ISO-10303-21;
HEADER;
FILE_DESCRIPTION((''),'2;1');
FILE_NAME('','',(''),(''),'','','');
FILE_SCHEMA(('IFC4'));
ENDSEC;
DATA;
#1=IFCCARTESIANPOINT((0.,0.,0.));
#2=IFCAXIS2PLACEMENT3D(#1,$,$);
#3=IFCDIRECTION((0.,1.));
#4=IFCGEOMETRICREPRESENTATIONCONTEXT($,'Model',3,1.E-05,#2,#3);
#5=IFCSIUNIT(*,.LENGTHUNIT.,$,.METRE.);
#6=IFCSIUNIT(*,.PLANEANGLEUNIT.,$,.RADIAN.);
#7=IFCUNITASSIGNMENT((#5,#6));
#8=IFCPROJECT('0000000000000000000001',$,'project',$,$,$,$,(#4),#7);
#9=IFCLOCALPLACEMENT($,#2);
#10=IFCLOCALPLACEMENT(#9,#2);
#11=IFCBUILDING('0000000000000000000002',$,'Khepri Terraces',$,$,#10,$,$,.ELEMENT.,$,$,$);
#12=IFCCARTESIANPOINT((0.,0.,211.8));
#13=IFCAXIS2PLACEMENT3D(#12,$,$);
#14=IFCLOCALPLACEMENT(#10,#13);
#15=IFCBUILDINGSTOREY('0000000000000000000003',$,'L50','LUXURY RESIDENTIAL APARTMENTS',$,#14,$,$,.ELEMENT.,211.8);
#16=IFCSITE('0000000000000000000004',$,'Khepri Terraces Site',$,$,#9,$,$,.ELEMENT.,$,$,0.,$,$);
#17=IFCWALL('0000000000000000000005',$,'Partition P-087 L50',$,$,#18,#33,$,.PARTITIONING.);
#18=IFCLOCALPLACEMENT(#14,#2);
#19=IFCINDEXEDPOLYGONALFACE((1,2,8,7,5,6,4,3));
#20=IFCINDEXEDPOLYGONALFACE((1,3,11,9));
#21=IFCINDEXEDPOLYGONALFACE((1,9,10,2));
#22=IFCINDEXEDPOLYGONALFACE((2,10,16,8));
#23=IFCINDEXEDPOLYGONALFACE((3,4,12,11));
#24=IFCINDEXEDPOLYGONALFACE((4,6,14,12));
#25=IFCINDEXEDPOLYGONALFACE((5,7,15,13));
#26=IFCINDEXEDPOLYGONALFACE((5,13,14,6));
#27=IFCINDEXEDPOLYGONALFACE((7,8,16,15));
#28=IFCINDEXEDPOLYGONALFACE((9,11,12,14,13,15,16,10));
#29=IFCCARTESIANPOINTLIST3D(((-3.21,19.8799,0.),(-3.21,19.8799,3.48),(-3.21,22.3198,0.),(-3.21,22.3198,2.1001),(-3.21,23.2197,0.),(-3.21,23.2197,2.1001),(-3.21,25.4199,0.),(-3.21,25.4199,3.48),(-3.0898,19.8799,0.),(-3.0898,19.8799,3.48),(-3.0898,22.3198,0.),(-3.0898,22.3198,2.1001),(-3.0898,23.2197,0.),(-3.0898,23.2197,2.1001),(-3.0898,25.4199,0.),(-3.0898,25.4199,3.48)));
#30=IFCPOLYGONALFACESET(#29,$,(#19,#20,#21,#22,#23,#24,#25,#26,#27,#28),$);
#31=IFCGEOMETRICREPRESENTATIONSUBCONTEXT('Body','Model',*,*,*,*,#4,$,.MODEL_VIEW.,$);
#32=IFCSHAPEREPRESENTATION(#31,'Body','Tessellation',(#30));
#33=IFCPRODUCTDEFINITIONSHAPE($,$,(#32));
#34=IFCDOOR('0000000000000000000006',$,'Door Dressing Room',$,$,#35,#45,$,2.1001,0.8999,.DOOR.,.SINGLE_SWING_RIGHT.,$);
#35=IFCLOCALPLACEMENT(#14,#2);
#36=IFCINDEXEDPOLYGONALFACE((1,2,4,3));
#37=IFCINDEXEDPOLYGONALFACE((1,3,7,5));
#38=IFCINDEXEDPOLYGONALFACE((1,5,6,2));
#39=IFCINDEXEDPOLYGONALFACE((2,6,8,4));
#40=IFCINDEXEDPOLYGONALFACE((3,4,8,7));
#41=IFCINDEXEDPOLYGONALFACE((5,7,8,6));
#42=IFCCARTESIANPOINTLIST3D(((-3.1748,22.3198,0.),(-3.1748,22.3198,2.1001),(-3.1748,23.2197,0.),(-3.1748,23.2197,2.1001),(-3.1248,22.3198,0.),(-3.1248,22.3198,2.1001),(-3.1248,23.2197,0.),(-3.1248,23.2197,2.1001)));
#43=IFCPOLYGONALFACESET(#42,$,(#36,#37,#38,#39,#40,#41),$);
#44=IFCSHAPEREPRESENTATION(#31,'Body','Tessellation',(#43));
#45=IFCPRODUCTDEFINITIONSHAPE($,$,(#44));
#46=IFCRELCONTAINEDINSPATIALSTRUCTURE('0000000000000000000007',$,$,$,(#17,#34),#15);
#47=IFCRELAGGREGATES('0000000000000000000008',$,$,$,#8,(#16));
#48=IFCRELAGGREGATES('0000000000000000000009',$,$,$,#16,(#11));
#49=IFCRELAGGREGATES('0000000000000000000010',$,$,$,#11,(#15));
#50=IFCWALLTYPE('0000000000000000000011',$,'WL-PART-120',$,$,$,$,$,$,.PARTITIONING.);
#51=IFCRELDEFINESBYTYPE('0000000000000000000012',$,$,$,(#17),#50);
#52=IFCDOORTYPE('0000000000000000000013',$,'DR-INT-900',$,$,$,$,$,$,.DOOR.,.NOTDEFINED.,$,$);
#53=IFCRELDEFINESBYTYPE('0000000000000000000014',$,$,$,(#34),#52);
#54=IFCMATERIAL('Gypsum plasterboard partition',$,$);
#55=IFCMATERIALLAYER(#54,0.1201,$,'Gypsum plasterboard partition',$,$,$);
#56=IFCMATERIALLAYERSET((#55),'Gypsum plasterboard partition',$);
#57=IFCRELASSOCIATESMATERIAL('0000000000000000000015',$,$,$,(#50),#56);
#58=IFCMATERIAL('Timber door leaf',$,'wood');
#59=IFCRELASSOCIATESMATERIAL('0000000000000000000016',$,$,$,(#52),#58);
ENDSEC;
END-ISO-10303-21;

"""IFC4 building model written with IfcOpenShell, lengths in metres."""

from ifc_helpers import new_model, si_unit, direction, frame, frame_2d, origin, place, context, subcontext, project, spatial, rectangle, extrude, material, layer, layer_set, type_object, element, fill, save


model = new_model("IFC4")

# Units and contexts
model_context = context("Model", 3, precision=1e-05, world=origin(), true_north=direction((0.0, 1.0)))
body_context = subcontext(model_context, "Body", "Model", "MODEL_VIEW")
ifc_project = project(units=[si_unit("LENGTHUNIT", "METRE"), si_unit("PLANEANGLEUNIT", "RADIAN")], contexts=[model_context])

# Site, building, storey
site_placement = place(None, origin())
site = spatial("IfcSite", under=ifc_project, at=site_placement, Name="Khepri Terraces Site", CompositionType="ELEMENT", RefElevation=0.0)
building_placement = place(site_placement, origin())
building = spatial("IfcBuilding", under=site, at=building_placement, Name="Khepri Terraces", CompositionType="ELEMENT")
storey_placement = place(building_placement, frame((0.0, 0.0, 211.8)))
storey = spatial("IfcBuildingStorey", under=building, at=storey_placement, Name="L50", Description="LUXURY RESIDENTIAL APARTMENTS", CompositionType="ELEMENT", Elevation=211.8)

# Shared definitions
ifc_material_1 = material(Name="Gypsum plasterboard partition")
ifc_layer_1 = layer(ifc_material_1, 0.1201, Name="Gypsum plasterboard partition")
ifc_layer_set_1 = layer_set([ifc_layer_1], Name="Gypsum plasterboard partition")
wall_type_1 = type_object("IfcWallType", Name="WL-PART-120", PredefinedType="PARTITIONING", material=ifc_layer_set_1)
ifc_material_2 = material(Name="Timber door leaf", Category="wood")
door_type_1 = type_object("IfcDoorType", Name="DR-INT-900", OperationType="NOTDEFINED", PredefinedType="DOOR", material=ifc_material_2)

# Wall, opening, door
wall_1_placement = place(storey_placement, frame((-3.1499, 19.8799, 0.0), z_axis=(0.0, 0.0, 1.0), x_axis=(0.0, 1.0, 0.0)))
wall_1 = element("IfcWall", 1, at=wall_1_placement, inside=storey, type_object=wall_type_1, Name="Partition P-087 L50", PredefinedType="PARTITIONING", context=body_context, shape_type="SweptSolid", body=[
    extrude(rectangle(XDim=5.54, YDim=0.1201, at=frame_2d((2.77, 0.0))), origin(), (0.0, 0.0, 1.0), 3.48),
])
opening_1_placement = place(wall_1_placement, frame((2.4399, 0.0, 0.0)))
opening_1 = element("IfcOpeningElement", 2, at=opening_1_placement, cuts=wall_1, PredefinedType="OPENING", context=body_context, shape_type="SweptSolid", body=[
    extrude(rectangle(XDim=0.8999, YDim=2.1001, at=frame_2d((0.45, 1.05))), frame((0.0, 0.0701, 0.0), z_axis=(0.0, -1.0, 0.0), x_axis=(1.0, 0.0, 0.0)), (0.0, 0.0, 1.0), 0.1401),
])
door_1_placement = place(opening_1_placement, origin())
door_1 = element("IfcDoor", 3, at=door_1_placement, inside=storey, type_object=door_type_1, Name="Door Dressing Room", OperationType="SINGLE_SWING_RIGHT", OverallHeight=2.1001, OverallWidth=0.8999, PredefinedType="DOOR", context=body_context, shape_type="SweptSolid", body=[
    extrude(rectangle(XDim=0.8999, YDim=2.1001, at=frame_2d((0.45, 1.05))), frame((0.0, 0.0249, 0.0), z_axis=(0.0, -1.0, 0.0), x_axis=(1.0, 0.0, 0.0)), (0.0, 0.0, 1.0), 0.05),
])
fill(opening_1, door_1)

save(model, "model.ifc")
